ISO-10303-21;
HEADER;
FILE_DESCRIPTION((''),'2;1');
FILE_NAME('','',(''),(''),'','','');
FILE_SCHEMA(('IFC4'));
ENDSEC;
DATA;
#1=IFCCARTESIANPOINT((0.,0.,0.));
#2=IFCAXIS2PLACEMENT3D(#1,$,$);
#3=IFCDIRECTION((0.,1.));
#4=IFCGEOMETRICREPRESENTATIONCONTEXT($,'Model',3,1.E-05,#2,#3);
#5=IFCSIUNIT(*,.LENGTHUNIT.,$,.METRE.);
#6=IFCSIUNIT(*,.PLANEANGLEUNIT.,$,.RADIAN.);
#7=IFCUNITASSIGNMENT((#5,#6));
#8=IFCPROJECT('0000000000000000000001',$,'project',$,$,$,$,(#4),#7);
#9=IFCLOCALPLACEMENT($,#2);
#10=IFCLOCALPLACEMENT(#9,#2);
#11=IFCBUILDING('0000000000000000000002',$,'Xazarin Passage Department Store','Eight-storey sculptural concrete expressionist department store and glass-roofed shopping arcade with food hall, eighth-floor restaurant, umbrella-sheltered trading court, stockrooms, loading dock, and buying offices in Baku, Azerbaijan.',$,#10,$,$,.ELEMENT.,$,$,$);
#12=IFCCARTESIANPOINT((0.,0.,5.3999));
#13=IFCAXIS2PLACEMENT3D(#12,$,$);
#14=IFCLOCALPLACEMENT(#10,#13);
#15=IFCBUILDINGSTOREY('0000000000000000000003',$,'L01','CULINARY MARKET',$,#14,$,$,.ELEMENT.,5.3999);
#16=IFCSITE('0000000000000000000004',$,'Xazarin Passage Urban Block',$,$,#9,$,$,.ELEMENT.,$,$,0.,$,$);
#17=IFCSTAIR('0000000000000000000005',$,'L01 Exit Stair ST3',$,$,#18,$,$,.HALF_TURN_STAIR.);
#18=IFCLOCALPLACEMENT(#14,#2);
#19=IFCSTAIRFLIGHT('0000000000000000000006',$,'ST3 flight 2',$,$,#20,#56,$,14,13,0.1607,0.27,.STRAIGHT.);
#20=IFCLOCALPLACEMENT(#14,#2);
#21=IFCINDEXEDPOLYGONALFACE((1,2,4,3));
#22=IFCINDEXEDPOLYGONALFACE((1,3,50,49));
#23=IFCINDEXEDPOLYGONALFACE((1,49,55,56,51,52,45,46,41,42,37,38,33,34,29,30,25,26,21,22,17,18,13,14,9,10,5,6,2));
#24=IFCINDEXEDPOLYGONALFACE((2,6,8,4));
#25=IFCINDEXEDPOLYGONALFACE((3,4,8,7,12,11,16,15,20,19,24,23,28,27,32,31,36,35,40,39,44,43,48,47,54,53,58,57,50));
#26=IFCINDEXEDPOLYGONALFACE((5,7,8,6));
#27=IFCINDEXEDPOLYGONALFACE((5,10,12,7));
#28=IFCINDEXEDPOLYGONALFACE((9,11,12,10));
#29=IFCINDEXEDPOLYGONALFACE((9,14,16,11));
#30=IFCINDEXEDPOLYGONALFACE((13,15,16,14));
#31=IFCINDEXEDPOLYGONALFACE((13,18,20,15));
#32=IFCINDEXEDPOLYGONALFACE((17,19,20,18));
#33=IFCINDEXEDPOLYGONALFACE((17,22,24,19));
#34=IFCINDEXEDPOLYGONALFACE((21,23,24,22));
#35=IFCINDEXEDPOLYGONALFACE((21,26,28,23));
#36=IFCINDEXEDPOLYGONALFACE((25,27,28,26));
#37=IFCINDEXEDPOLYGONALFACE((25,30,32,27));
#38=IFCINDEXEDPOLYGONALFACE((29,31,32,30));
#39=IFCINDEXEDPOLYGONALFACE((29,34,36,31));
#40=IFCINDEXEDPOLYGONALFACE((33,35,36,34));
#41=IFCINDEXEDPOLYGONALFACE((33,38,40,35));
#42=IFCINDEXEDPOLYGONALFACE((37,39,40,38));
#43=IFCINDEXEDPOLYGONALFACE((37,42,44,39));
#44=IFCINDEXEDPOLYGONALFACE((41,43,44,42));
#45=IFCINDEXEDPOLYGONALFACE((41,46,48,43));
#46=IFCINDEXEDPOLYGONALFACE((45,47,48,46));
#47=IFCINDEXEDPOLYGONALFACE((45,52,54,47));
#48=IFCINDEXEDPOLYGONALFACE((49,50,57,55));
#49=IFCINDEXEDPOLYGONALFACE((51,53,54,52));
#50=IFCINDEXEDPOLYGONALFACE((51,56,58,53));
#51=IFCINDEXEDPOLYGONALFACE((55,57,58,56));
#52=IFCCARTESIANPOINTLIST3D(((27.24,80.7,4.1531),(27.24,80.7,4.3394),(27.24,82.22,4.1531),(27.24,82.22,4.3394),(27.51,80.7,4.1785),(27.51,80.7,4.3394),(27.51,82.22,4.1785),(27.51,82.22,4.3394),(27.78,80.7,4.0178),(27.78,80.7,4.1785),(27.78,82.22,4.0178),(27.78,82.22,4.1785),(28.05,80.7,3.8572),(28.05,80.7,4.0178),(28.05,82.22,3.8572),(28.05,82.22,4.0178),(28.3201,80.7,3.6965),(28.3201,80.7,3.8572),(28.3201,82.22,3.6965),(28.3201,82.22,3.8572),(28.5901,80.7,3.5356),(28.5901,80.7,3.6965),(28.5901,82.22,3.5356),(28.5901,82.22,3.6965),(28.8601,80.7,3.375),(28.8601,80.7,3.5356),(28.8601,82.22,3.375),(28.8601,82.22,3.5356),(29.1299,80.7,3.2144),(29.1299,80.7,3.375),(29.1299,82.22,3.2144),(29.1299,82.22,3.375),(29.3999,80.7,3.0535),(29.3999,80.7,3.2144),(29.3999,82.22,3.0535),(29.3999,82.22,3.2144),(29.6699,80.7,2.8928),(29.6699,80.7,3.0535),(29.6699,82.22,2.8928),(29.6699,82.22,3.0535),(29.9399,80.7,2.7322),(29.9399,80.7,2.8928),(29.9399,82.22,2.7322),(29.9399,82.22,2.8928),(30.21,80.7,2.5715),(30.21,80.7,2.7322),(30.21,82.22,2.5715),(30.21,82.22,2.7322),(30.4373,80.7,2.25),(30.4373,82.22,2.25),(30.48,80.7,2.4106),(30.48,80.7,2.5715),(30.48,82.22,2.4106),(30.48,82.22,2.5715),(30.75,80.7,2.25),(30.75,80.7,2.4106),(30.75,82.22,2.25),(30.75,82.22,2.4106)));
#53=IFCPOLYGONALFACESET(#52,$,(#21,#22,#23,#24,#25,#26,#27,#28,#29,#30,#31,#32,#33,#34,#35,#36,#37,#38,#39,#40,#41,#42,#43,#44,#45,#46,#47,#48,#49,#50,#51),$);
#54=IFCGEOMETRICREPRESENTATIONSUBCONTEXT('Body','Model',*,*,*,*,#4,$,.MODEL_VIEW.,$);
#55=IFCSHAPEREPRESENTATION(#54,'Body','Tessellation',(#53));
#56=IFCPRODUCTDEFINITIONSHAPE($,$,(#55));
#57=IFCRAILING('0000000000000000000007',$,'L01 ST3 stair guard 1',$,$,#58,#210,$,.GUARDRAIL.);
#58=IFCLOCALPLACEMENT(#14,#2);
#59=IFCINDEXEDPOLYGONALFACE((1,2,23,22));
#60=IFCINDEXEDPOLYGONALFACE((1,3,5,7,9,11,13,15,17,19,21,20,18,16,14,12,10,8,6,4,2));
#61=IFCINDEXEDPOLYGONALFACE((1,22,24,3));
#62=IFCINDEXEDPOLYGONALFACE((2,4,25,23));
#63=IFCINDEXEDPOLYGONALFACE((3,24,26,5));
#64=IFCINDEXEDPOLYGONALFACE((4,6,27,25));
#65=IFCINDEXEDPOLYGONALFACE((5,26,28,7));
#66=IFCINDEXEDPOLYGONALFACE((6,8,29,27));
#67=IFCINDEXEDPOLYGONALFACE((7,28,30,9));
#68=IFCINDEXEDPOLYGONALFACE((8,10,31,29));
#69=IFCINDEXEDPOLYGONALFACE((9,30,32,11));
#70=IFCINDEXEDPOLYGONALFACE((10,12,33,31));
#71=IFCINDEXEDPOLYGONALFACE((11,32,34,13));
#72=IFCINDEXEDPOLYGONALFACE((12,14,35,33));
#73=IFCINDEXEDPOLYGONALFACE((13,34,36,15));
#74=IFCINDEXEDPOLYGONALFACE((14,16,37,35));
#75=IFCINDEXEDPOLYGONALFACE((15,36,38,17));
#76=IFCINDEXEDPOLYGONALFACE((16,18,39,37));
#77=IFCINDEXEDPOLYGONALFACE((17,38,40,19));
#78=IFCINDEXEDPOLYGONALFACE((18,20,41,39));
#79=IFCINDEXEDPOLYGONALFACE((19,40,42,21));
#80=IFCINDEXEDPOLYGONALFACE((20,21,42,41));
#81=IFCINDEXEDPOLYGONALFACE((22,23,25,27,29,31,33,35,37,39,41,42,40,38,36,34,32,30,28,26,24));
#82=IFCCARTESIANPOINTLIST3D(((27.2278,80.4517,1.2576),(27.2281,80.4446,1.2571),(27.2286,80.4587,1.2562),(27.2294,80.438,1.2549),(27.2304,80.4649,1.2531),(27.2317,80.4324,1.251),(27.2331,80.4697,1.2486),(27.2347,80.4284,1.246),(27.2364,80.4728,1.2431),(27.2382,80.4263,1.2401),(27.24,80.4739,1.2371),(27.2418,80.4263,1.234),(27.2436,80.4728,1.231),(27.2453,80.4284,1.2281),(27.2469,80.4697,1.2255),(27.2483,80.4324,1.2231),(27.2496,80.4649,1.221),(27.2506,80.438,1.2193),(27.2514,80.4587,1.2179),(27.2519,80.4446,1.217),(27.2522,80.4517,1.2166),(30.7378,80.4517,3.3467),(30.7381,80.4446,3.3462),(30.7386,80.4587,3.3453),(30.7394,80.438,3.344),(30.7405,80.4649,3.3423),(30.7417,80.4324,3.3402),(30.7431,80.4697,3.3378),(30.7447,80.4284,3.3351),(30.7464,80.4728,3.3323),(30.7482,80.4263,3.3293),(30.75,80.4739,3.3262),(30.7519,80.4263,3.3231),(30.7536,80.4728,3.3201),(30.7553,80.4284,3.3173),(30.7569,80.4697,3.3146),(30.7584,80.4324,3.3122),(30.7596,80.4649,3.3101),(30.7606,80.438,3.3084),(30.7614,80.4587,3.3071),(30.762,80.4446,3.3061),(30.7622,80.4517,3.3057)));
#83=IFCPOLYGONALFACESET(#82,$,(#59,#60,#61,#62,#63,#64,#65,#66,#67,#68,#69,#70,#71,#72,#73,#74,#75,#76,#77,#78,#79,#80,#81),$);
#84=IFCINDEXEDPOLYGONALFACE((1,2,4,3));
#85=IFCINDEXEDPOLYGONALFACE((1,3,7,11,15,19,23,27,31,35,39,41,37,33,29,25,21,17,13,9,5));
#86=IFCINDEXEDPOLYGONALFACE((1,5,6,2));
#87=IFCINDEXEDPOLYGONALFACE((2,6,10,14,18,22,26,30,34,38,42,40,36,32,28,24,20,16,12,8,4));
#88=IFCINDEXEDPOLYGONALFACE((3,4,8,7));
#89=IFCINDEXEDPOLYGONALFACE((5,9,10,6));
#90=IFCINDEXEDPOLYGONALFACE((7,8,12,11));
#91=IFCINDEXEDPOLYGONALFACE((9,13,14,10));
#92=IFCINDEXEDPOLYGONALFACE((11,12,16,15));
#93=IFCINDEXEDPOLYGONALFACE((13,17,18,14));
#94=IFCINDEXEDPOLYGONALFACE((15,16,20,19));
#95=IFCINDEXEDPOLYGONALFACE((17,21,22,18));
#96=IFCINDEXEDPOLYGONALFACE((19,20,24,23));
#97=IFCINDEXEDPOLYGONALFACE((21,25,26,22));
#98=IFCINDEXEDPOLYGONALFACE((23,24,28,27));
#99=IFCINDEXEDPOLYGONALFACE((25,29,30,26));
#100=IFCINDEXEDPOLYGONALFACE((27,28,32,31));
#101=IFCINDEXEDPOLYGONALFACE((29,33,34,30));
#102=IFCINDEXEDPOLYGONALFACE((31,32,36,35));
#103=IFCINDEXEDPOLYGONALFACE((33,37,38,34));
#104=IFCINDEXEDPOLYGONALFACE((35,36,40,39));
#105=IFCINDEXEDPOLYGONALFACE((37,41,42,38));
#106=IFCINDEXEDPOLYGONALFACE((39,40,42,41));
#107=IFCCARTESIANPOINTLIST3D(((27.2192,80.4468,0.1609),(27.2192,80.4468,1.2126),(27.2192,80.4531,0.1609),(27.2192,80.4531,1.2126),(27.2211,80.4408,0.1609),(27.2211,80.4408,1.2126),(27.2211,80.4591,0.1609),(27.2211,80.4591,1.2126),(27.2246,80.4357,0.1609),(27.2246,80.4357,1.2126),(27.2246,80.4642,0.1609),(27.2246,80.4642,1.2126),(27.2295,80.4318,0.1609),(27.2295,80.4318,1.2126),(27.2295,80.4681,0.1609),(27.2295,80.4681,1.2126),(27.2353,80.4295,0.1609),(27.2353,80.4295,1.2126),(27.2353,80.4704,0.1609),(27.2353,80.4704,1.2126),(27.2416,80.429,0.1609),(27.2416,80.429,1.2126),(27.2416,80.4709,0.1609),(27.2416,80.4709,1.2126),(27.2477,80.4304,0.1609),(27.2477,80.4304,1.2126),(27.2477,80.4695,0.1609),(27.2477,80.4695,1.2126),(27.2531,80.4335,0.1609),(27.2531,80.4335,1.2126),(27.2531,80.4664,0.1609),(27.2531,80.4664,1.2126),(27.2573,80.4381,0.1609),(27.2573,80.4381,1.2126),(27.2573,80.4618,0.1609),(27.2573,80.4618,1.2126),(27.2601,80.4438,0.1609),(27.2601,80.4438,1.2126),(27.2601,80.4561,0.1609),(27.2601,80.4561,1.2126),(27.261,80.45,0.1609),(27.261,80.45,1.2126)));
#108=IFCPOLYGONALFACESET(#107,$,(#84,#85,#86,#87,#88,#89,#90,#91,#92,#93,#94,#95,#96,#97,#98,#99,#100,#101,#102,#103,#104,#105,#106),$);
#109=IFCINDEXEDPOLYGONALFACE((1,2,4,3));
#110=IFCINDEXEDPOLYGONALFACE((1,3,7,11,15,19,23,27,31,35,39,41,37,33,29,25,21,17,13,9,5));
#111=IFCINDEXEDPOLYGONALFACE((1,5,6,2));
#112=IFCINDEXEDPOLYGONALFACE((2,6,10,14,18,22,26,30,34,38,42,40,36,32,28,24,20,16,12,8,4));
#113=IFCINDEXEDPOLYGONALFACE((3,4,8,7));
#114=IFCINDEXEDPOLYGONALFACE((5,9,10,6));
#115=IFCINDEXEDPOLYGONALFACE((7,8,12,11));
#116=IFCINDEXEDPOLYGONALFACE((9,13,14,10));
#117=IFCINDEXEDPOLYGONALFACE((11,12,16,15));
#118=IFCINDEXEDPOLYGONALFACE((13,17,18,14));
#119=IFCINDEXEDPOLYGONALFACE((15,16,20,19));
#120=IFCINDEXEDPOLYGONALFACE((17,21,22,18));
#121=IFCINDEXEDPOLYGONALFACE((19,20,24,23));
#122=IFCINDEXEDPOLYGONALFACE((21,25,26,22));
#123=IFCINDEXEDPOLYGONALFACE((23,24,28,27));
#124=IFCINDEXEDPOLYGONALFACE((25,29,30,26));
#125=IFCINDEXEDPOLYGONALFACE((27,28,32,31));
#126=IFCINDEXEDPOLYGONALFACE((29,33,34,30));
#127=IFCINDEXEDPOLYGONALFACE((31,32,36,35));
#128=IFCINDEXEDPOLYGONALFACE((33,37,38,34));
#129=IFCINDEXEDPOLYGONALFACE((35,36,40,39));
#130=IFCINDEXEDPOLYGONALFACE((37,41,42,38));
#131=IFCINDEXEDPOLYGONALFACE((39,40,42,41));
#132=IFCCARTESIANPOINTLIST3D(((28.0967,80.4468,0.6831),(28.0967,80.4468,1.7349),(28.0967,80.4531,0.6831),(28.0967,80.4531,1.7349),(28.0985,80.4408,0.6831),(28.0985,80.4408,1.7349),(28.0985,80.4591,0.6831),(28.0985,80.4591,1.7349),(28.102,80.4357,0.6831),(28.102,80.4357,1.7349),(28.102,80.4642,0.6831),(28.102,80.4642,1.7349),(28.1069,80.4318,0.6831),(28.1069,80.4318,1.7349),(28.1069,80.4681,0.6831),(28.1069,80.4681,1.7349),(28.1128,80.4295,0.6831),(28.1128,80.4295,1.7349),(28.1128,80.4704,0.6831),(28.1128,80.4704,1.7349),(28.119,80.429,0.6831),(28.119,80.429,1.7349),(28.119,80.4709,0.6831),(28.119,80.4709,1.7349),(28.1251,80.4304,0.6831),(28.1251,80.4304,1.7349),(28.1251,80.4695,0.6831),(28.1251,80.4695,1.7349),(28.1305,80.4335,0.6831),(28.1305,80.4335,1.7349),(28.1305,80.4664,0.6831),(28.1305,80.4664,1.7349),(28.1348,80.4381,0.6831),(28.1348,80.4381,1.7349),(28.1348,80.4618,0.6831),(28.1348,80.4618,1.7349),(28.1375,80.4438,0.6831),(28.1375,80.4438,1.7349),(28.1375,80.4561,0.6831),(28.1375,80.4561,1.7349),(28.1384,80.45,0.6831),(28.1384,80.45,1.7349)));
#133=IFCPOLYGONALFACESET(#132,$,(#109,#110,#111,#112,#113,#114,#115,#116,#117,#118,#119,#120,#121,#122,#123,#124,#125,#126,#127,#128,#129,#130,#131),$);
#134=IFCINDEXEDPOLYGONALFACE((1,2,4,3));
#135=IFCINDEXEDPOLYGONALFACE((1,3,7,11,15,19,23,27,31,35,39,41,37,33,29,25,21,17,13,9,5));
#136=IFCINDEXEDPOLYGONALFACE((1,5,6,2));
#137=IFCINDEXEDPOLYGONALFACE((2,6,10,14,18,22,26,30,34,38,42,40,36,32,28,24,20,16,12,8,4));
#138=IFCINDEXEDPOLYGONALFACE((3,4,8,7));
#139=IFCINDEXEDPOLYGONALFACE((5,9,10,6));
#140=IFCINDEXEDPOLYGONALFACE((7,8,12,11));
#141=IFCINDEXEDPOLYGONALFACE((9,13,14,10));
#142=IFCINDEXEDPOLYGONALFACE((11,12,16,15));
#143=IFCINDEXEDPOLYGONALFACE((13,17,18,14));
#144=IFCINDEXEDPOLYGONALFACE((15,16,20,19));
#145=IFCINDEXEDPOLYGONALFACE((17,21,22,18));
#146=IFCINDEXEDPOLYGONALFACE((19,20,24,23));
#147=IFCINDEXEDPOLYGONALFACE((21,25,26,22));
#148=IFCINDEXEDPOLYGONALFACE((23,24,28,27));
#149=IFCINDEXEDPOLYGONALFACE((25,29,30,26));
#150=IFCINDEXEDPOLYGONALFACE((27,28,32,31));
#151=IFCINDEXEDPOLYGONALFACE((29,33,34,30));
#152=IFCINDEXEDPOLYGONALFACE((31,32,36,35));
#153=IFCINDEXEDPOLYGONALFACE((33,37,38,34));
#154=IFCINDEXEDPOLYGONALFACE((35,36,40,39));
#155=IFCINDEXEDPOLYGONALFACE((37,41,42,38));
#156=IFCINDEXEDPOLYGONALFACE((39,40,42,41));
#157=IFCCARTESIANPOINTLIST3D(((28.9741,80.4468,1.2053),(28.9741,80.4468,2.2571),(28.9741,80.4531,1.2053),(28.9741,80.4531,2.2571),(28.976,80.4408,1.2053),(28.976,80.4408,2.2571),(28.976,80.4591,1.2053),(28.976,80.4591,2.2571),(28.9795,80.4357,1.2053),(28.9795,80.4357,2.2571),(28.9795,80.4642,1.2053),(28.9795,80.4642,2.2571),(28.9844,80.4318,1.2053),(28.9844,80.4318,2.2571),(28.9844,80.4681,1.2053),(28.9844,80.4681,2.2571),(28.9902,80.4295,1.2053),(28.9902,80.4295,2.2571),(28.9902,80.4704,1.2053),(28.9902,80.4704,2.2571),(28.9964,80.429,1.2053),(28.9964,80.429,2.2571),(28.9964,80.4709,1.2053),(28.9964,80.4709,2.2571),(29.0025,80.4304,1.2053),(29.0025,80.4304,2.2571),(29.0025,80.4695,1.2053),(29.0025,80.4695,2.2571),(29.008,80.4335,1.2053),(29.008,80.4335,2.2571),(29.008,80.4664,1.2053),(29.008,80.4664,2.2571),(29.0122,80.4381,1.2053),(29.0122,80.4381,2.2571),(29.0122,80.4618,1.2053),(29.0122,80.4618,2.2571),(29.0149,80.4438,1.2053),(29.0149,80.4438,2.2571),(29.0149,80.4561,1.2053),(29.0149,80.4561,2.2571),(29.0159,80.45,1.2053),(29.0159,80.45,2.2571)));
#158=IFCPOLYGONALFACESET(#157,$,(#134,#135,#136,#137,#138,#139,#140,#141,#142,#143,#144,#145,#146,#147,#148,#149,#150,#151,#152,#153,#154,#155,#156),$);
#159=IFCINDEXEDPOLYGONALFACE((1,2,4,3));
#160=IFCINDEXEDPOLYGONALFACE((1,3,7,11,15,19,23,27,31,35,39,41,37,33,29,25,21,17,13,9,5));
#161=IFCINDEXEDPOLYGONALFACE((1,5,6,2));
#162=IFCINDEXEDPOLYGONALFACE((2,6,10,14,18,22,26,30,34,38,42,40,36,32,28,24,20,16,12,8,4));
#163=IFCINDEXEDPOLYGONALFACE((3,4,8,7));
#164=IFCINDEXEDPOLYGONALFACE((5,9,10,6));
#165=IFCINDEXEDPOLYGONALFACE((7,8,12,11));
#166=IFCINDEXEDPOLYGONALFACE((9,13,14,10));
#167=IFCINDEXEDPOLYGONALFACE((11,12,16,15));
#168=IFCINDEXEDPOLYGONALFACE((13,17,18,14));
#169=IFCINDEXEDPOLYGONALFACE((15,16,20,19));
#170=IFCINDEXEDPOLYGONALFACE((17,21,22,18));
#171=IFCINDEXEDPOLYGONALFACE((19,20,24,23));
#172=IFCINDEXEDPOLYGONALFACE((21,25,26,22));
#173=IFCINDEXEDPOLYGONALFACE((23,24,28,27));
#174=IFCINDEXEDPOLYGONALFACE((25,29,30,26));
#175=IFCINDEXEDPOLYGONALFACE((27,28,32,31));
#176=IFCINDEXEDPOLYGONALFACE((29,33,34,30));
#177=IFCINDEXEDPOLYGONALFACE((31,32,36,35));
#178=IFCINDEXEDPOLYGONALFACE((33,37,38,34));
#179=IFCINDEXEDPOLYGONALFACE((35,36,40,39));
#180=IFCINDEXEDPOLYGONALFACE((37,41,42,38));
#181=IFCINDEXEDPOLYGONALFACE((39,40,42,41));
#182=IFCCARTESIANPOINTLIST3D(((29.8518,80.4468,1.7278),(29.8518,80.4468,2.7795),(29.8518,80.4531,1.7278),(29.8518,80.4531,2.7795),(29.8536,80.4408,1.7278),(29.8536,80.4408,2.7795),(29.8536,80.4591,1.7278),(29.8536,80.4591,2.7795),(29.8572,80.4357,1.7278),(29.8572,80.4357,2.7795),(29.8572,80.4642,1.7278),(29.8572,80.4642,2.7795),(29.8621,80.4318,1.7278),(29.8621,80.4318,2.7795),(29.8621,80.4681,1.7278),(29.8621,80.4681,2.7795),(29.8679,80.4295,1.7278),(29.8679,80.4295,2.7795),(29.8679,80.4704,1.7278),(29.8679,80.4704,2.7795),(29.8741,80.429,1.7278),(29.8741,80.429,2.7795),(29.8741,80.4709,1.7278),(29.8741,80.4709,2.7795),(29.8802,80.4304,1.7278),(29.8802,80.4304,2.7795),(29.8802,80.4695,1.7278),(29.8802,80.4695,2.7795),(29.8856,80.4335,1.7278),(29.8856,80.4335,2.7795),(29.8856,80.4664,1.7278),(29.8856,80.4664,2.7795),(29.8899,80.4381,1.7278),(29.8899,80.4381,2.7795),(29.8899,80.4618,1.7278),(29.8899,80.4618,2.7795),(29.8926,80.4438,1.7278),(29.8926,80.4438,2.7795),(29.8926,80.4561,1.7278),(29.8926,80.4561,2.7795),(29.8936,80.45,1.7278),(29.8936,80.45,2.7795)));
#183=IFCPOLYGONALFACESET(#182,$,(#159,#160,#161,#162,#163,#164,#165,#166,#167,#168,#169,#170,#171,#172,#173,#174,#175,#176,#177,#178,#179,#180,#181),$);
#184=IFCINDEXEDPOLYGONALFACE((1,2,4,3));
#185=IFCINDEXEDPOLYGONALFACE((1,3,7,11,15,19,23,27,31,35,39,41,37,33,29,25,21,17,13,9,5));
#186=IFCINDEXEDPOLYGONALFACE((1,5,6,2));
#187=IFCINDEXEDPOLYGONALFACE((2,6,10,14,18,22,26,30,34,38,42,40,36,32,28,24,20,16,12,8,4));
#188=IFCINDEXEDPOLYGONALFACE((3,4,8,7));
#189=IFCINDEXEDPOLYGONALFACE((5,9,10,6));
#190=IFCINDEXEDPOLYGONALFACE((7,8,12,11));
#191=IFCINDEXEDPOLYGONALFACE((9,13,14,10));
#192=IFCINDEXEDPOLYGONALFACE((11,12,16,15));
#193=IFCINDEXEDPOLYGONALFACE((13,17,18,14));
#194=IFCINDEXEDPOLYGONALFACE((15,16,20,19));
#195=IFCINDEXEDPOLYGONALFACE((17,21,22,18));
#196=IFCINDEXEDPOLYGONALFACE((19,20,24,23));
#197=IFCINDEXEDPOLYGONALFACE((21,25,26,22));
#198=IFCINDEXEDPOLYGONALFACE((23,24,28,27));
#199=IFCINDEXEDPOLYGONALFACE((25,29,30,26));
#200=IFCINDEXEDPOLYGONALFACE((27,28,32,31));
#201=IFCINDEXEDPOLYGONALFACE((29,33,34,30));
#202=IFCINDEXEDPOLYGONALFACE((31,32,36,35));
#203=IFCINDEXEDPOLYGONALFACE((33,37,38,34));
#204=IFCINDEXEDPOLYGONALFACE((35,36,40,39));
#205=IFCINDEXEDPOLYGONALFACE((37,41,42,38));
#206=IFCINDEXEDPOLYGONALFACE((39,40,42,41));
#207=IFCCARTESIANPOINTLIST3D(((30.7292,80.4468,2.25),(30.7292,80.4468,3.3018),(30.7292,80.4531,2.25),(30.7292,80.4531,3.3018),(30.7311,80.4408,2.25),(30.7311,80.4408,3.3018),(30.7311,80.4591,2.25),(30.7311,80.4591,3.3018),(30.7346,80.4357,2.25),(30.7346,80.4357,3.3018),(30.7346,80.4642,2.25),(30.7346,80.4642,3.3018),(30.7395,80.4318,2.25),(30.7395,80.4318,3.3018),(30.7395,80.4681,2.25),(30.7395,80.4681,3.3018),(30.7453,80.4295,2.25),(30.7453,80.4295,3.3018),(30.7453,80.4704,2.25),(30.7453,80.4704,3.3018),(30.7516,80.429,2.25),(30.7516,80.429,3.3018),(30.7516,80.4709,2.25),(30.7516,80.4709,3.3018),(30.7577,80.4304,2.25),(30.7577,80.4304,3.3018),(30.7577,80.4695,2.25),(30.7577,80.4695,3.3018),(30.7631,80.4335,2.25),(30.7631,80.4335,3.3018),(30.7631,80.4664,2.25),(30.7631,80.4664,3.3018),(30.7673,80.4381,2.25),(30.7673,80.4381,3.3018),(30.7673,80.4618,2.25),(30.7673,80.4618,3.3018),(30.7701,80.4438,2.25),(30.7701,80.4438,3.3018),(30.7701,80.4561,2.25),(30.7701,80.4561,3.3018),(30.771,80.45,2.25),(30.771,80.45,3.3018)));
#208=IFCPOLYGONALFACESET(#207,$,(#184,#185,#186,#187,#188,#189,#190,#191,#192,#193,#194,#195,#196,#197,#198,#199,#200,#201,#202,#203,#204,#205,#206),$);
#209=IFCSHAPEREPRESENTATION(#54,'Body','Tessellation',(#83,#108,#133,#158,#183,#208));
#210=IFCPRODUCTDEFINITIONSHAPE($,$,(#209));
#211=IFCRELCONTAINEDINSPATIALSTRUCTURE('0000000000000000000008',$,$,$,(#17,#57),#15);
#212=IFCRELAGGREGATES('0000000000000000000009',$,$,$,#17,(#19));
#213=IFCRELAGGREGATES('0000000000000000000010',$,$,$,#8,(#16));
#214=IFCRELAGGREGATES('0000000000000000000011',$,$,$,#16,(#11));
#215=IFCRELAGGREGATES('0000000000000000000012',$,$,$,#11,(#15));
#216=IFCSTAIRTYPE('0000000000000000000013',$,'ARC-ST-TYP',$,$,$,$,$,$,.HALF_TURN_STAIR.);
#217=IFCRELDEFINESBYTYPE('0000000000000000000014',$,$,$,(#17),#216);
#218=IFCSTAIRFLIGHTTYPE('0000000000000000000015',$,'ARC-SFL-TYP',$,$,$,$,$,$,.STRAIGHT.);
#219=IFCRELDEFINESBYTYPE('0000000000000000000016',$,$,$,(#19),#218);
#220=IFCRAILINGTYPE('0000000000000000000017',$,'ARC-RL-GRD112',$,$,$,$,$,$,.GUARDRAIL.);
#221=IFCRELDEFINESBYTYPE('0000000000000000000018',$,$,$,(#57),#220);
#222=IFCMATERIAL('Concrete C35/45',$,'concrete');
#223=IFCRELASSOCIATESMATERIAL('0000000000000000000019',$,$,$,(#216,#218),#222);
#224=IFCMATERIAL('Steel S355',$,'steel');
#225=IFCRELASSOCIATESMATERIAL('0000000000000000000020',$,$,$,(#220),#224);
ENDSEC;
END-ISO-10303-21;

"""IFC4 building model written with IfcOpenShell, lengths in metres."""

from ifc_helpers import new_model, si_unit, direction, frame, origin, origin_2d, place, context, subcontext, project, spatial, polyline, circle, outline, extrude, material, type_object, element, aggregate, save


model = new_model("IFC4")

# Units and contexts
model_context = context("Model", 3, precision=1e-05, world=origin(), true_north=direction((0.0, 1.0)))
body_context = subcontext(model_context, "Body", "Model", "MODEL_VIEW")
ifc_project = project(units=[si_unit("LENGTHUNIT", "METRE"), si_unit("PLANEANGLEUNIT", "RADIAN")], contexts=[model_context])

# Site, building, storey
site_placement = place(None, origin())
site = spatial("IfcSite", under=ifc_project, at=site_placement, Name="Xazarin Passage Urban Block", CompositionType="ELEMENT", RefElevation=0.0)
building_placement = place(site_placement, origin())
building = spatial("IfcBuilding", under=site, at=building_placement, Name="Xazarin Passage Department Store", Description="Eight-storey sculptural concrete expressionist department store and glass-roofed shopping arcade with food hall, eighth-floor restaurant, umbrella-sheltered trading court, stockrooms, loading dock, and buying offices in Baku, Azerbaijan.", CompositionType="ELEMENT")
storey_placement = place(building_placement, frame((0.0, 0.0, 5.3999)))
storey = spatial("IfcBuildingStorey", under=building, at=storey_placement, Name="L01", Description="CULINARY MARKET", CompositionType="ELEMENT", Elevation=5.3999)

# Shared definitions
ifc_material_1 = material(Name="Concrete C35/45", Category="concrete")

# Shared definitions
ifc_material_2 = material(Name="Steel S355", Category="steel")

# Stair, stair flight
stair_type = type_object("IfcStairType", Name="ARC-ST-TYP", PredefinedType="HALF_TURN_STAIR", material=ifc_material_1)
stair_placement = place(storey_placement, origin())
stair = element("IfcStair", 1, at=stair_placement, inside=storey, type_object=stair_type, Name="L01 Exit Stair ST3", PredefinedType="HALF_TURN_STAIR")
stair_flight_type = type_object("IfcStairFlightType", Name="ARC-SFL-TYP", PredefinedType="STRAIGHT", material=ifc_material_1)
stair_flight_1_placement = place(storey_placement, frame((30.75, 81.46, 2.25), z_axis=(0.0, 0.0, 1.0), x_axis=(-1.0, 0.0, 0.0)))
stair_flight_1 = element("IfcStairFlight", 2, at=stair_flight_1_placement, type_object=stair_flight_type, Name="ST3 flight 2", NumberOfRisers=14, NumberOfTreads=13, PredefinedType="STRAIGHT", RiserHeight=0.1607, TreadLength=0.27, context=body_context, shape_type="SweptSolid", body=[
    extrude(outline(polyline([(0.0, 0.0), (0.0, 0.1606), (0.27, 0.1606), (0.27, 0.3215), (0.54, 0.3215), (0.54, 0.4822), (0.8101, 0.4822), (0.8101, 0.6428), (1.0801, 0.6428), (1.0801, 0.8035), (1.3501, 0.8035), (1.3501, 0.9644), (1.6201, 0.9644), (1.6201, 1.125), (1.8899, 1.125), (1.8899, 1.2856), (2.1599, 1.2856), (2.1599, 1.4465), (2.4299, 1.4465), (2.4299, 1.6072), (2.7, 1.6072), (2.7, 1.7678), (2.97, 1.7678), (2.97, 1.9285), (3.24, 1.9285), (3.24, 2.0894), (3.51, 2.0894), (3.51, 2.25), (3.51, 1.9031), (0.3127, 0.0), (0.0, 0.0)])), frame((0.0, 0.76, 0.0), z_axis=(0.0, -1.0, 0.0), x_axis=(1.0, 0.0, 0.0)), (0.0, 0.0, 1.0), 1.52),
])
aggregate(stair, [stair_flight_1])

# Railing
railing_type_1 = type_object("IfcRailingType", Name="ARC-RL-GRD112", PredefinedType="GUARDRAIL", material=ifc_material_2)
railing_1_placement = place(storey_placement, frame((27.24, 80.45, 0.1609)))
element("IfcRailing", 3, at=railing_1_placement, inside=storey, type_object=railing_type_1, Name="L01 ST3 stair guard 1", PredefinedType="GUARDRAIL", context=body_context, shape_type="SweptSolid", body=[
    extrude(circle(Radius=0.0239, at=origin_2d()), frame((0.0, 0.0, 1.0762), z_axis=(0.859312, 0.0, 0.511451), x_axis=(0.0, 1.0, 0.0)), (0.0, 0.0, 1.0), 4.0847),
    extrude(circle(Radius=0.021, at=origin_2d()), origin(), (0.0, 0.0, 1.0), 1.0518),
    extrude(circle(Radius=0.021, at=origin_2d()), frame((0.8774, 0.0, 0.5222)), (0.0, 0.0, 1.0), 1.0518),
    extrude(circle(Radius=0.021, at=origin_2d()), frame((1.7549, 0.0, 1.0444)), (0.0, 0.0, 1.0), 1.0518),
    extrude(circle(Radius=0.021, at=origin_2d()), frame((2.6326, 0.0, 1.5669)), (0.0, 0.0, 1.0), 1.0518),
    extrude(circle(Radius=0.021, at=origin_2d()), frame((3.51, 0.0, 2.0891)), (0.0, 0.0, 1.0), 1.0518),
])

save(model, "model.ifc")
